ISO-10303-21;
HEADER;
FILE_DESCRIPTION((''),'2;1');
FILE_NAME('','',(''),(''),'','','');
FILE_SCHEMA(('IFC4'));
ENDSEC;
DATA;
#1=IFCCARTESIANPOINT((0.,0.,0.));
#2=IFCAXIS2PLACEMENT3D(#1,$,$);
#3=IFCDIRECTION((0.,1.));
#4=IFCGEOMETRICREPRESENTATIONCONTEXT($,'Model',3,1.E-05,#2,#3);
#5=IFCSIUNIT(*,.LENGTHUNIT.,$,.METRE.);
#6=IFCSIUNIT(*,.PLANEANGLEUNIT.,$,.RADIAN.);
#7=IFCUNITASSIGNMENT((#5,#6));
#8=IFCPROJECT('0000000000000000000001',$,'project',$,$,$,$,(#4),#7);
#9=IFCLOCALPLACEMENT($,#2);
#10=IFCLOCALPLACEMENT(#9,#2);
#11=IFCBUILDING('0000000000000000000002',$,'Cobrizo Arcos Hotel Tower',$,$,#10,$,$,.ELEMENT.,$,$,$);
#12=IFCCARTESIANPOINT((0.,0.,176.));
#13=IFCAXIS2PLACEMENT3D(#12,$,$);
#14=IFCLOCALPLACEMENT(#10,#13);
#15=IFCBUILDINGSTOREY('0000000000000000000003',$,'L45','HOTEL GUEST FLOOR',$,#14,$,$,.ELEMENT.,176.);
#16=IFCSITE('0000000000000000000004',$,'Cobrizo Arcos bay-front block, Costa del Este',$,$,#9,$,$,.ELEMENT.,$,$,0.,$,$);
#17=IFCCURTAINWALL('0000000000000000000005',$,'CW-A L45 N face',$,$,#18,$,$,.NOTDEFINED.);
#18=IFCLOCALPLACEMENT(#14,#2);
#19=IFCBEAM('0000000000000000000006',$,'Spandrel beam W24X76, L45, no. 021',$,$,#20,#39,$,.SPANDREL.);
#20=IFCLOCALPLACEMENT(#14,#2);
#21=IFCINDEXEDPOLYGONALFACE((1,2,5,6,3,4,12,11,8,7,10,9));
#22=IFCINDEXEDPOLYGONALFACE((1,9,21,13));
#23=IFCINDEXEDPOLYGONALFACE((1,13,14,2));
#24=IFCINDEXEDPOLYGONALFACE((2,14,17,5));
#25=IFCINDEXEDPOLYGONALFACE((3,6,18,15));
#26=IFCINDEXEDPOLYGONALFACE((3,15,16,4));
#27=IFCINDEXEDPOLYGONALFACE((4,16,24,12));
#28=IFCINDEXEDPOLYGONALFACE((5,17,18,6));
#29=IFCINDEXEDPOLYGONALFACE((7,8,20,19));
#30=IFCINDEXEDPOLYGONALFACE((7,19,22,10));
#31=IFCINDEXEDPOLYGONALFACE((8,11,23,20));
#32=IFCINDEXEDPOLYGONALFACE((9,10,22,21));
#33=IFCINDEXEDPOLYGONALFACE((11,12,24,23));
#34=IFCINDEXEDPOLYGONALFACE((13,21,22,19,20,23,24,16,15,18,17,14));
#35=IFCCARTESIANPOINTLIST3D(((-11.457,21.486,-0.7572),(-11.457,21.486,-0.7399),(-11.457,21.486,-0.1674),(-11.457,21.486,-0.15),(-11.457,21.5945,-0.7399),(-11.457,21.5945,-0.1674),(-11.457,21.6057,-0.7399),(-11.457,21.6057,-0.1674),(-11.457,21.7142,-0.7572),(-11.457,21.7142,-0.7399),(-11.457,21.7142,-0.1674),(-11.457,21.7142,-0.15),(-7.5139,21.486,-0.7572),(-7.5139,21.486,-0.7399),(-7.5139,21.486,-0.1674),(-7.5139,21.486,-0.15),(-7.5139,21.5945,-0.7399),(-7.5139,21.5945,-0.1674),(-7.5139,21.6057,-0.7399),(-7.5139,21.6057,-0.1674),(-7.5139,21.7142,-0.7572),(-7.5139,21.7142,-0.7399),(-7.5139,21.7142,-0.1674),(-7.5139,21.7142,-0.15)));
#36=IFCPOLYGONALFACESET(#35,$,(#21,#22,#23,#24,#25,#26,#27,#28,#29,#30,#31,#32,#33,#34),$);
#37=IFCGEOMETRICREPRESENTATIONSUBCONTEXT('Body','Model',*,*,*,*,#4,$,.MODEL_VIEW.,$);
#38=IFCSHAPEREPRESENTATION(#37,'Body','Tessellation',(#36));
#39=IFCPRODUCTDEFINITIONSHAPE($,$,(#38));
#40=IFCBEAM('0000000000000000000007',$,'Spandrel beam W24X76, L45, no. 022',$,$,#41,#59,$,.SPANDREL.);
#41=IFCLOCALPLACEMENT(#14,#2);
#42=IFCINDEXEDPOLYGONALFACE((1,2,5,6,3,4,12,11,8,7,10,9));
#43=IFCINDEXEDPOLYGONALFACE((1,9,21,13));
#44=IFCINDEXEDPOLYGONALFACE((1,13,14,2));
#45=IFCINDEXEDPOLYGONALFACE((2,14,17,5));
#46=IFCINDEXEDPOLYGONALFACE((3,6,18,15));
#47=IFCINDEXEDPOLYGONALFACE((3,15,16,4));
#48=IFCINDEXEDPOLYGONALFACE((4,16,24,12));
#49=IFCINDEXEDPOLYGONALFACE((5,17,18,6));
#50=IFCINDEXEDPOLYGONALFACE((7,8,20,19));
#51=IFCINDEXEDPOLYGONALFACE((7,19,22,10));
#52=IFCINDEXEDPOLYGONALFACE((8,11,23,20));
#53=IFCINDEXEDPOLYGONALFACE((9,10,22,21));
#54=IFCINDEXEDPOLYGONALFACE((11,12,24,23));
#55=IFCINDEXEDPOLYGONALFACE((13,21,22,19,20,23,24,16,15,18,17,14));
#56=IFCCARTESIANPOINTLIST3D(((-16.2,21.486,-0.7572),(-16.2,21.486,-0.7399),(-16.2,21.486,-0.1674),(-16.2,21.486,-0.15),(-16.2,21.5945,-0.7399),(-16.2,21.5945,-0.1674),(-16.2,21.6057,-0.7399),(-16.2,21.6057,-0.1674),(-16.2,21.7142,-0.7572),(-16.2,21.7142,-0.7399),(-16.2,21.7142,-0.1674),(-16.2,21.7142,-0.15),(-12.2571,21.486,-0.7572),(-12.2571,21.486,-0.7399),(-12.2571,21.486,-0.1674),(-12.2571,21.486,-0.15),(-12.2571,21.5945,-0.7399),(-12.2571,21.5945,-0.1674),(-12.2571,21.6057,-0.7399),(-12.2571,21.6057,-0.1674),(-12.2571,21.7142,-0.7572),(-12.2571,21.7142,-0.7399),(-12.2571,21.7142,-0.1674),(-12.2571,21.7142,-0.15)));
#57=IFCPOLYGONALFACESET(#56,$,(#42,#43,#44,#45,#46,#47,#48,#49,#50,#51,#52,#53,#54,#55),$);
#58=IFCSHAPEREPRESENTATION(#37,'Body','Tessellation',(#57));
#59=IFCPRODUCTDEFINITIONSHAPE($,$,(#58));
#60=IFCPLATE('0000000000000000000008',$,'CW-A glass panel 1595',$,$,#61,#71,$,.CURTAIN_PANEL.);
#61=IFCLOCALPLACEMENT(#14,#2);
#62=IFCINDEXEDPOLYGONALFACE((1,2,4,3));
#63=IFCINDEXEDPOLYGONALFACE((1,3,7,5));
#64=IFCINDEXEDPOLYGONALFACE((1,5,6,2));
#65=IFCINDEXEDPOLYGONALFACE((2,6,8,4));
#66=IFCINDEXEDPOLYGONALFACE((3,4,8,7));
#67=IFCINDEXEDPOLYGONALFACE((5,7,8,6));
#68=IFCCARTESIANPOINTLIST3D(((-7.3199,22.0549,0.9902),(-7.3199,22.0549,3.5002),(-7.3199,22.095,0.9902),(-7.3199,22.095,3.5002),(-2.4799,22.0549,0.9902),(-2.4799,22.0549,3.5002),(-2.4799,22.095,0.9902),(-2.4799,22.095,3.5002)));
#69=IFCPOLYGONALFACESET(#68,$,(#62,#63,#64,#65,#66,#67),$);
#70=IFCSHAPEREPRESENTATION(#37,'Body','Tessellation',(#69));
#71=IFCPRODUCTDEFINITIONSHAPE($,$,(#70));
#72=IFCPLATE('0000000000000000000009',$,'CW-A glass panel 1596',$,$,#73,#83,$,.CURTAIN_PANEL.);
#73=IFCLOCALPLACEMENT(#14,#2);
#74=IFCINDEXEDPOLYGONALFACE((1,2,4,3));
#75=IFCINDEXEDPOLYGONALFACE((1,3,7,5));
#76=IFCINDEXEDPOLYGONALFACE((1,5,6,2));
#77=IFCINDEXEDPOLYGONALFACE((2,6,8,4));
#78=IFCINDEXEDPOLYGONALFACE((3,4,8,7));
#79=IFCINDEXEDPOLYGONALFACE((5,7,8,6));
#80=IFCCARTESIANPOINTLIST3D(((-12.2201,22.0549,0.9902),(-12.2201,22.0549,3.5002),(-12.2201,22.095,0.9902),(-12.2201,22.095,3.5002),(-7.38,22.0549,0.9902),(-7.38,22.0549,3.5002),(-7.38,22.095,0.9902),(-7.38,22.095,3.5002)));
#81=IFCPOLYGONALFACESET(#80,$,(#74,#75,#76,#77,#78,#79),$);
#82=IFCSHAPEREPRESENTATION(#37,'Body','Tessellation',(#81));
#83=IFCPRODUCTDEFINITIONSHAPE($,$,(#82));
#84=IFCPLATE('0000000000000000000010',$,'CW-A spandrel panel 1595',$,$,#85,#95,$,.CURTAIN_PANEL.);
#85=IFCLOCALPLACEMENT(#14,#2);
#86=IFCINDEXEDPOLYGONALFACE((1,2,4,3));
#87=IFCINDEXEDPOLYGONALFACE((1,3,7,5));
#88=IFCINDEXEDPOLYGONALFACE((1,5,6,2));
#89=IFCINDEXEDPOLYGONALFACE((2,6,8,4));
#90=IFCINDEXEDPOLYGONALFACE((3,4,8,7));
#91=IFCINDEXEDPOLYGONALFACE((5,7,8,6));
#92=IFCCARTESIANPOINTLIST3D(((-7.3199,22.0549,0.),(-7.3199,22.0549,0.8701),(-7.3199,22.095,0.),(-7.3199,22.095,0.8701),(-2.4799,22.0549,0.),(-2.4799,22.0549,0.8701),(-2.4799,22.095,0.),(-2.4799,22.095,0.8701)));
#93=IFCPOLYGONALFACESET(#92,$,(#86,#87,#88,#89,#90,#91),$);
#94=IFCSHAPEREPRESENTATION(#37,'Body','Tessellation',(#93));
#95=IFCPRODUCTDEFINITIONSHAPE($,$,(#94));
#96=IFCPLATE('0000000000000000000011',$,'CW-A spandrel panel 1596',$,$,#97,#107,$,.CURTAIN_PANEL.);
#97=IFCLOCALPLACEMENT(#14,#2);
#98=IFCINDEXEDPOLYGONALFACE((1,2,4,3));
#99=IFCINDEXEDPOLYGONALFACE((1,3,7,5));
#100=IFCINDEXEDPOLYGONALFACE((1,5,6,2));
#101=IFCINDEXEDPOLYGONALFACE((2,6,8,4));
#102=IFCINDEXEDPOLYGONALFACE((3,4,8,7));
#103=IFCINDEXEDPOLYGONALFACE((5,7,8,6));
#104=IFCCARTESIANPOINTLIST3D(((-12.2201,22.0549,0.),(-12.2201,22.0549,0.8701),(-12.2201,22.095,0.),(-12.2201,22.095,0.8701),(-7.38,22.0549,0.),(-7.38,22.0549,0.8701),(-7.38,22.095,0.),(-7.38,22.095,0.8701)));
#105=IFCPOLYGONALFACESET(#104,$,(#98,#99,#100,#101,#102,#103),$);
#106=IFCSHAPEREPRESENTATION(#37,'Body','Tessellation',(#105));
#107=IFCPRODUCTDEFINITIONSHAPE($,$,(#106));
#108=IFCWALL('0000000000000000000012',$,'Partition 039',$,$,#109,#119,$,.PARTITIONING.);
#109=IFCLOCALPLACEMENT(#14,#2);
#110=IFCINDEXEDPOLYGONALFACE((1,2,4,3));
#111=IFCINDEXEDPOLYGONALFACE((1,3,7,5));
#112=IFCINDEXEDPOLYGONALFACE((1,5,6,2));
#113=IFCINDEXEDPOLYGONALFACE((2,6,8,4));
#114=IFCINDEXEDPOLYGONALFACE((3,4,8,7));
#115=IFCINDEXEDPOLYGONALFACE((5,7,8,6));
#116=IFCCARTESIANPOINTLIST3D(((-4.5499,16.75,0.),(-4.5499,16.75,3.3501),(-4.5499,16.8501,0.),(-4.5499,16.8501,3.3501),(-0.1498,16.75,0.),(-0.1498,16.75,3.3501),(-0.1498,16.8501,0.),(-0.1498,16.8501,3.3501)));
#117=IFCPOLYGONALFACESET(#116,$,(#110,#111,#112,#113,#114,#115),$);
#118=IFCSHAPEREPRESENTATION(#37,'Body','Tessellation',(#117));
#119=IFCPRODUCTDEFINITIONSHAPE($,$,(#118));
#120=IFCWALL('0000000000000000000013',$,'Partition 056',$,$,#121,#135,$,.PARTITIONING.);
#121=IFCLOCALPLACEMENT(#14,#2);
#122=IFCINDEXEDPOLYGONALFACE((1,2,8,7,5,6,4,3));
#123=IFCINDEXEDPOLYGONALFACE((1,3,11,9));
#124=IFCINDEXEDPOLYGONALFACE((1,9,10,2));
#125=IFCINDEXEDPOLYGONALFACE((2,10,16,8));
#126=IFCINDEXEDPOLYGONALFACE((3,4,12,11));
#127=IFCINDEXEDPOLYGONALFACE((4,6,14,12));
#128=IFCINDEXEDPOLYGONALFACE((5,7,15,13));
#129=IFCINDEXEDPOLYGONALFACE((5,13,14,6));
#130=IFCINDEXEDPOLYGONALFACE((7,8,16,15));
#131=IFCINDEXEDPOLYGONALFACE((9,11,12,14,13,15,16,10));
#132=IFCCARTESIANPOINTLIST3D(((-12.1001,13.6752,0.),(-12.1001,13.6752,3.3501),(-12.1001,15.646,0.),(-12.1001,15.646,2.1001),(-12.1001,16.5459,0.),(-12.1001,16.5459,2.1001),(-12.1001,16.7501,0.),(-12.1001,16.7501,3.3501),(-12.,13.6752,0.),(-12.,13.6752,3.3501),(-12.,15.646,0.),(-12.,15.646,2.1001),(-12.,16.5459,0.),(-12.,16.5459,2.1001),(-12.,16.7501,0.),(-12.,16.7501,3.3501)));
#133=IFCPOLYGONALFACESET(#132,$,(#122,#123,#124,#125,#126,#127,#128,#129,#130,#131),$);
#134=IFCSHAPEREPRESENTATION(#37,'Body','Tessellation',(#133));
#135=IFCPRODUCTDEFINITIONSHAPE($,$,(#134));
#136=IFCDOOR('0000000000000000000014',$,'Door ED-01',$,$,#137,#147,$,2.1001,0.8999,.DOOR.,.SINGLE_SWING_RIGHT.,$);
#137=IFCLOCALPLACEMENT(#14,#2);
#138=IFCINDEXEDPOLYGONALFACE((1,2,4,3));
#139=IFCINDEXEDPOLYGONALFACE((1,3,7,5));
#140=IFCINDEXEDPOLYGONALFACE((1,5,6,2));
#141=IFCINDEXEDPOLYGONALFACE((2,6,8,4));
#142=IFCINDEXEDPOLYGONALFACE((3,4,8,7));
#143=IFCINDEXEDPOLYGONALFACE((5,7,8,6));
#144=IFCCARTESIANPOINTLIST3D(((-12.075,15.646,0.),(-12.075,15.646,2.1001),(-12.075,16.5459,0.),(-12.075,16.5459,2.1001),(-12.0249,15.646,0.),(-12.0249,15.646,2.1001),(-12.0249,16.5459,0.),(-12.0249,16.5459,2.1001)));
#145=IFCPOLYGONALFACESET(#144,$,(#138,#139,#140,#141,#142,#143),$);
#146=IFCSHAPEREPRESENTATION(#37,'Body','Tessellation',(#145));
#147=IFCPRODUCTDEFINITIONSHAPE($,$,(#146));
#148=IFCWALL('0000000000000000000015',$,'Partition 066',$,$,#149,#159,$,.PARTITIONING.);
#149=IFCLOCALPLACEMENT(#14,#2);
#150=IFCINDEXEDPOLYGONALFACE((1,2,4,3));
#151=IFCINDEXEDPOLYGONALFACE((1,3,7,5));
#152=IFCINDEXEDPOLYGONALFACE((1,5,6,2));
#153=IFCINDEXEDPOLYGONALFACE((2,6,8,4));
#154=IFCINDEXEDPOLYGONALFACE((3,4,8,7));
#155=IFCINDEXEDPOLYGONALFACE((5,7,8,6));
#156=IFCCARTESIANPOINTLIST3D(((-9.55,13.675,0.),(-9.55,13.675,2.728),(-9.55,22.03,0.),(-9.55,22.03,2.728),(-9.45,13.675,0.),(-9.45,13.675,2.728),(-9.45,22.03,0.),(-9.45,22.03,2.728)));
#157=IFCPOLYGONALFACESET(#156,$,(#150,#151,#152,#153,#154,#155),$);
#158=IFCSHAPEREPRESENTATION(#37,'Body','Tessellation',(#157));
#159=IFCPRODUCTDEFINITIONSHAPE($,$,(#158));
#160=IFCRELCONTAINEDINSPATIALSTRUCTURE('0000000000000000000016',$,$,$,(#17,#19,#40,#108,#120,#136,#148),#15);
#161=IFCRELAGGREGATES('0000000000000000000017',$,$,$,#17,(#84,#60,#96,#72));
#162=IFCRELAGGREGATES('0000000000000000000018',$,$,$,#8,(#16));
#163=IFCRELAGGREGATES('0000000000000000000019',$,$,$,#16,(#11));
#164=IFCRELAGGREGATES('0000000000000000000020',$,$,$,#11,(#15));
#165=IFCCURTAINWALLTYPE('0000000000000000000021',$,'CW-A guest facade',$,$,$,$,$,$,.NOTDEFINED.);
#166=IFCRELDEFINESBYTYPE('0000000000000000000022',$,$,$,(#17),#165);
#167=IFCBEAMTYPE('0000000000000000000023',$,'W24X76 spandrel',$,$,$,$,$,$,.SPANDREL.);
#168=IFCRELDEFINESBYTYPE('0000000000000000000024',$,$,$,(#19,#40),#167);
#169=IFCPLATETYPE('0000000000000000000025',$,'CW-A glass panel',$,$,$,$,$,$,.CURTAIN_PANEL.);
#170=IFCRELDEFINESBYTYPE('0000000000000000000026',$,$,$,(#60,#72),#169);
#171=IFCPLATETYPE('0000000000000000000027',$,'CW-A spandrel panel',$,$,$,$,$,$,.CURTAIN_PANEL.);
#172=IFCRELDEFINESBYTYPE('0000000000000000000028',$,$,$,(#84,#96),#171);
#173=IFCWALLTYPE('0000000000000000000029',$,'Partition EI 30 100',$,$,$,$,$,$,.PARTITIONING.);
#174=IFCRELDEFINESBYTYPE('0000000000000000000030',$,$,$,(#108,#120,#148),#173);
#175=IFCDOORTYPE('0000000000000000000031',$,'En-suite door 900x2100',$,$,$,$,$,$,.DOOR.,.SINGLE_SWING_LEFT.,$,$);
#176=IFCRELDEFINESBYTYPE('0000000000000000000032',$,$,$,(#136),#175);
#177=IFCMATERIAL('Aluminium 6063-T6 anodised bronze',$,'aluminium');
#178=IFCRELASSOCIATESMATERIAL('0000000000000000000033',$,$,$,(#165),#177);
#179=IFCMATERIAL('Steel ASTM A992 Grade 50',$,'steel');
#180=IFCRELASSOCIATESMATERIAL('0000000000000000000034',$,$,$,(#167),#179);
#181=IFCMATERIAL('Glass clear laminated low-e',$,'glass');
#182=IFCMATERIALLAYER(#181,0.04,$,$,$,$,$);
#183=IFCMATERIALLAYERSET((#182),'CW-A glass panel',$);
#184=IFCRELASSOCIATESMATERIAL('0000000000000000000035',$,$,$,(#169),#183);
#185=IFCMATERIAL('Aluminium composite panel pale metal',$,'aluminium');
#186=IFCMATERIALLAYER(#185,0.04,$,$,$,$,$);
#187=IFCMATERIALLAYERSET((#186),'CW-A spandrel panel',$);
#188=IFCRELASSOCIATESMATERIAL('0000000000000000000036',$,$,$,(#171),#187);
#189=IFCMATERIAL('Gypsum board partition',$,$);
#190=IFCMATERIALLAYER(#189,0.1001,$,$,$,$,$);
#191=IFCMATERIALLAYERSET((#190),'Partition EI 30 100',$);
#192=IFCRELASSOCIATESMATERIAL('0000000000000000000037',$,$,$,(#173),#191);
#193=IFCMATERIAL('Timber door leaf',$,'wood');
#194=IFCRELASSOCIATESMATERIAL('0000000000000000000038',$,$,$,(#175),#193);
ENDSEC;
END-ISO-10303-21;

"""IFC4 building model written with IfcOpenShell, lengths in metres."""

from ifc_helpers import new_model, si_unit, direction, frame, frame_2d, origin, origin_2d, place, context, subcontext, project, spatial, rectangle, i_section, extrude, material, layer, layer_set, material_profile, profile_set, type_object, element, fill, aggregate, save


model = new_model("IFC4")

# Units and contexts
model_context = context("Model", 3, precision=1e-05, world=origin(), true_north=direction((0.0, 1.0)))
body_context = subcontext(model_context, "Body", "Model", "MODEL_VIEW")
ifc_project = project(units=[si_unit("LENGTHUNIT", "METRE"), si_unit("PLANEANGLEUNIT", "RADIAN")], contexts=[model_context])

# Site, building, storey
site_placement = place(None, origin())
site = spatial("IfcSite", under=ifc_project, at=site_placement, Name="Cobrizo Arcos bay-front block, Costa del Este", CompositionType="ELEMENT", RefElevation=0.0)
building_placement = place(site_placement, origin())
building = spatial("IfcBuilding", under=site, at=building_placement, Name="Cobrizo Arcos Hotel Tower", CompositionType="ELEMENT")
storey_placement = place(building_placement, frame((0.0, 0.0, 176.0)))
storey = spatial("IfcBuildingStorey", under=building, at=storey_placement, Name="L45", Description="HOTEL GUEST FLOOR", CompositionType="ELEMENT", Elevation=176.0)

# Curtain wall
ifc_material_1 = material(Name="Aluminium 6063-T6 anodised bronze", Category="aluminium")
curtain_wall_type = type_object("IfcCurtainWallType", Name="CW-A guest facade", PredefinedType="NOTDEFINED", material=ifc_material_1)
curtain_wall_placement = place(storey_placement, origin())
curtain_wall = element("IfcCurtainWall", 1, at=curtain_wall_placement, inside=storey, type_object=curtain_wall_type, Name="CW-A L45 N face", PredefinedType="NOTDEFINED")

# Beams
ifc_material_2 = material(Name="Steel ASTM A992 Grade 50", Category="steel")
ifc_material_profile_1 = material_profile(ifc_material_2, i_section(OverallWidth=0.2283, OverallDepth=0.6072, WebThickness=0.0112, FlangeThickness=0.0173, at=origin_2d()), Name="W24X76")
ifc_profile_set_1 = profile_set([ifc_material_profile_1], Name="Steel ASTM A992 Grade 50")
beam_type_1 = type_object("IfcBeamType", Name="W24X76 spandrel", PredefinedType="SPANDREL", material=ifc_profile_set_1)
for number, where, z_axis, x_axis, name in (
    (2, (-7.5139, 21.6001, -0.4536), (-1.0, 0.0, 0.0), (0.0, -1.0, 0.0), "Spandrel beam W24X76, L45, no. 021"),
):
    element("IfcBeam", number, at=place(storey_placement, frame(where, z_axis=z_axis, x_axis=x_axis)), inside=storey, type_object=beam_type_1, Name=name, PredefinedType="SPANDREL", context=body_context, shape_type="SweptSolid", body=[
        extrude(i_section(OverallWidth=0.2283, OverallDepth=0.6072, WebThickness=0.0112, FlangeThickness=0.0173, at=origin_2d()), origin(), (0.0, 0.0, 1.0), 3.9431),
    ])
beam_1_placement = place(storey_placement, frame((-12.2571, 21.6001, -0.4536), z_axis=(-1.0, 0.0, 0.0), x_axis=(0.0, -1.0, 0.0)))
element("IfcBeam", 3, at=beam_1_placement, inside=storey, type_object=beam_type_1, Name="Spandrel beam W24X76, L45, no. 022", PredefinedType="SPANDREL", context=body_context, shape_type="SweptSolid", body=[
    extrude(i_section(OverallWidth=0.2283, OverallDepth=0.6072, WebThickness=0.0112, FlangeThickness=0.0173, at=origin_2d()), origin(), (0.0, 0.0, 1.0), 3.9429),
])

# Plates
ifc_material_3 = material(Name="Glass clear laminated low-e", Category="glass")
ifc_layer_1 = layer(ifc_material_3, 0.04)
ifc_layer_set_1 = layer_set([ifc_layer_1], Name="CW-A glass panel")
plate_type_1 = type_object("IfcPlateType", Name="CW-A glass panel", PredefinedType="CURTAIN_PANEL", material=ifc_layer_set_1)
plate_1_placement = place(storey_placement, frame((-4.8999, 22.075, 0.9902), z_axis=(0.0, 0.0, 1.0), x_axis=(-1.0, 0.0, 0.0)))
plate_1 = element("IfcPlate", 4, at=plate_1_placement, type_object=plate_type_1, Name="CW-A glass panel 1595", PredefinedType="CURTAIN_PANEL", context=body_context, shape_type="SweptSolid", body=[
    extrude(rectangle(XDim=4.8401, YDim=0.04, at=origin_2d()), origin(), (0.0, 0.0, 1.0), 2.51),
])
plate_2_placement = place(storey_placement, frame((-9.8, 22.075, 0.9902), z_axis=(0.0, 0.0, 1.0), x_axis=(-1.0, 0.0, 0.0)))
plate_2 = element("IfcPlate", 5, at=plate_2_placement, type_object=plate_type_1, Name="CW-A glass panel 1596", PredefinedType="CURTAIN_PANEL", context=body_context, shape_type="SweptSolid", body=[
    extrude(rectangle(XDim=4.8401, YDim=0.04, at=origin_2d()), origin(), (0.0, 0.0, 1.0), 2.51),
])
ifc_material_4 = material(Name="Aluminium composite panel pale metal", Category="aluminium")
ifc_layer_2 = layer(ifc_material_4, 0.04)
ifc_layer_set_2 = layer_set([ifc_layer_2], Name="CW-A spandrel panel")
plate_type_2 = type_object("IfcPlateType", Name="CW-A spandrel panel", PredefinedType="CURTAIN_PANEL", material=ifc_layer_set_2)
plate_3_placement = place(storey_placement, frame((-4.8999, 22.075, 0.0), z_axis=(0.0, 0.0, 1.0), x_axis=(-1.0, 0.0, 0.0)))
plate_3 = element("IfcPlate", 6, at=plate_3_placement, type_object=plate_type_2, Name="CW-A spandrel panel 1595", PredefinedType="CURTAIN_PANEL", context=body_context, shape_type="SweptSolid", body=[
    extrude(rectangle(XDim=4.8401, YDim=0.04, at=origin_2d()), origin(), (0.0, 0.0, 1.0), 0.8701),
])
plate_4_placement = place(storey_placement, frame((-9.8, 22.075, 0.0), z_axis=(0.0, 0.0, 1.0), x_axis=(-1.0, 0.0, 0.0)))
plate_4 = element("IfcPlate", 7, at=plate_4_placement, type_object=plate_type_2, Name="CW-A spandrel panel 1596", PredefinedType="CURTAIN_PANEL", context=body_context, shape_type="SweptSolid", body=[
    extrude(rectangle(XDim=4.8401, YDim=0.04, at=origin_2d()), origin(), (0.0, 0.0, 1.0), 0.8701),
])
aggregate(curtain_wall, [plate_3, plate_1, plate_4, plate_2])

# Wall
ifc_material_5 = material(Name="Gypsum board partition")
ifc_layer_3 = layer(ifc_material_5, 0.1001)
ifc_layer_set_3 = layer_set([ifc_layer_3], Name="Partition EI 30 100")
wall_type = type_object("IfcWallType", Name="Partition EI 30 100", PredefinedType="PARTITIONING", material=ifc_layer_set_3)
wall_1_placement = place(storey_placement, frame((-4.55, 16.8, 0.0), z_axis=(0.0, 0.0, 1.0), x_axis=(1.0, 0.0, 0.0)))
element("IfcWall", 8, at=wall_1_placement, inside=storey, type_object=wall_type, Name="Partition 039", PredefinedType="PARTITIONING", context=body_context, shape_type="SweptSolid", body=[
    extrude(rectangle(XDim=4.4001, YDim=0.1001, at=frame_2d((2.2002, 0.0))), origin(), (0.0, 0.0, 1.0), 3.3501),
])

# Wall, opening, door
wall_2_placement = place(storey_placement, frame((-12.05, 13.675, 0.0), z_axis=(0.0, 0.0, 1.0), x_axis=(0.0, 1.0, 0.0)))
wall_2 = element("IfcWall", 9, at=wall_2_placement, inside=storey, type_object=wall_type, Name="Partition 056", PredefinedType="PARTITIONING", context=body_context, shape_type="SweptSolid", body=[
    extrude(rectangle(XDim=3.075, YDim=0.1001, at=frame_2d((1.5376, 0.0))), origin(), (0.0, 0.0, 1.0), 3.3501),
])
opening_1_placement = place(wall_2_placement, frame((1.9709, 0.0, 0.0)))
opening_1 = element("IfcOpeningElement", 10, at=opening_1_placement, cuts=wall_2, PredefinedType="OPENING", context=body_context, shape_type="SweptSolid", body=[
    extrude(rectangle(XDim=0.8999, YDim=2.1001, at=frame_2d((0.45, 1.05))), frame((0.0, 0.062, 0.0), z_axis=(0.0, -1.0, 0.0), x_axis=(1.0, 0.0, 0.0)), (0.0, 0.0, 1.0), 0.124),
])
ifc_material_6 = material(Name="Timber door leaf", Category="wood")
door_type = type_object("IfcDoorType", Name="En-suite door 900x2100", OperationType="SINGLE_SWING_LEFT", PredefinedType="DOOR", material=ifc_material_6)
door_1_placement = place(opening_1_placement, origin())
door_1 = element("IfcDoor", 11, at=door_1_placement, inside=storey, type_object=door_type, Name="Door ED-01", OperationType="SINGLE_SWING_RIGHT", OverallHeight=2.1001, OverallWidth=0.8999, PredefinedType="DOOR", context=body_context, shape_type="SweptSolid", body=[
    extrude(rectangle(XDim=0.8999, YDim=2.1001, at=frame_2d((0.45, 1.05))), frame((0.0, 0.0249, 0.0), z_axis=(0.0, -1.0, 0.0), x_axis=(1.0, 0.0, 0.0)), (0.0, 0.0, 1.0), 0.05),
])
fill(opening_1, door_1)

# Wall
wall_3_placement = place(storey_placement, frame((-9.5, 13.675, 0.0), z_axis=(0.0, 0.0, 1.0), x_axis=(0.0, 1.0, 0.0)))
element("IfcWall", 12, at=wall_3_placement, inside=storey, type_object=wall_type, Name="Partition 066", PredefinedType="PARTITIONING", context=body_context, shape_type="SweptSolid", body=[
    extrude(rectangle(XDim=8.355, YDim=0.1001, at=frame_2d((4.1775, 0.0))), origin(), (0.0, 0.0, 1.0), 2.728),
])

save(model, "model.ifc")
